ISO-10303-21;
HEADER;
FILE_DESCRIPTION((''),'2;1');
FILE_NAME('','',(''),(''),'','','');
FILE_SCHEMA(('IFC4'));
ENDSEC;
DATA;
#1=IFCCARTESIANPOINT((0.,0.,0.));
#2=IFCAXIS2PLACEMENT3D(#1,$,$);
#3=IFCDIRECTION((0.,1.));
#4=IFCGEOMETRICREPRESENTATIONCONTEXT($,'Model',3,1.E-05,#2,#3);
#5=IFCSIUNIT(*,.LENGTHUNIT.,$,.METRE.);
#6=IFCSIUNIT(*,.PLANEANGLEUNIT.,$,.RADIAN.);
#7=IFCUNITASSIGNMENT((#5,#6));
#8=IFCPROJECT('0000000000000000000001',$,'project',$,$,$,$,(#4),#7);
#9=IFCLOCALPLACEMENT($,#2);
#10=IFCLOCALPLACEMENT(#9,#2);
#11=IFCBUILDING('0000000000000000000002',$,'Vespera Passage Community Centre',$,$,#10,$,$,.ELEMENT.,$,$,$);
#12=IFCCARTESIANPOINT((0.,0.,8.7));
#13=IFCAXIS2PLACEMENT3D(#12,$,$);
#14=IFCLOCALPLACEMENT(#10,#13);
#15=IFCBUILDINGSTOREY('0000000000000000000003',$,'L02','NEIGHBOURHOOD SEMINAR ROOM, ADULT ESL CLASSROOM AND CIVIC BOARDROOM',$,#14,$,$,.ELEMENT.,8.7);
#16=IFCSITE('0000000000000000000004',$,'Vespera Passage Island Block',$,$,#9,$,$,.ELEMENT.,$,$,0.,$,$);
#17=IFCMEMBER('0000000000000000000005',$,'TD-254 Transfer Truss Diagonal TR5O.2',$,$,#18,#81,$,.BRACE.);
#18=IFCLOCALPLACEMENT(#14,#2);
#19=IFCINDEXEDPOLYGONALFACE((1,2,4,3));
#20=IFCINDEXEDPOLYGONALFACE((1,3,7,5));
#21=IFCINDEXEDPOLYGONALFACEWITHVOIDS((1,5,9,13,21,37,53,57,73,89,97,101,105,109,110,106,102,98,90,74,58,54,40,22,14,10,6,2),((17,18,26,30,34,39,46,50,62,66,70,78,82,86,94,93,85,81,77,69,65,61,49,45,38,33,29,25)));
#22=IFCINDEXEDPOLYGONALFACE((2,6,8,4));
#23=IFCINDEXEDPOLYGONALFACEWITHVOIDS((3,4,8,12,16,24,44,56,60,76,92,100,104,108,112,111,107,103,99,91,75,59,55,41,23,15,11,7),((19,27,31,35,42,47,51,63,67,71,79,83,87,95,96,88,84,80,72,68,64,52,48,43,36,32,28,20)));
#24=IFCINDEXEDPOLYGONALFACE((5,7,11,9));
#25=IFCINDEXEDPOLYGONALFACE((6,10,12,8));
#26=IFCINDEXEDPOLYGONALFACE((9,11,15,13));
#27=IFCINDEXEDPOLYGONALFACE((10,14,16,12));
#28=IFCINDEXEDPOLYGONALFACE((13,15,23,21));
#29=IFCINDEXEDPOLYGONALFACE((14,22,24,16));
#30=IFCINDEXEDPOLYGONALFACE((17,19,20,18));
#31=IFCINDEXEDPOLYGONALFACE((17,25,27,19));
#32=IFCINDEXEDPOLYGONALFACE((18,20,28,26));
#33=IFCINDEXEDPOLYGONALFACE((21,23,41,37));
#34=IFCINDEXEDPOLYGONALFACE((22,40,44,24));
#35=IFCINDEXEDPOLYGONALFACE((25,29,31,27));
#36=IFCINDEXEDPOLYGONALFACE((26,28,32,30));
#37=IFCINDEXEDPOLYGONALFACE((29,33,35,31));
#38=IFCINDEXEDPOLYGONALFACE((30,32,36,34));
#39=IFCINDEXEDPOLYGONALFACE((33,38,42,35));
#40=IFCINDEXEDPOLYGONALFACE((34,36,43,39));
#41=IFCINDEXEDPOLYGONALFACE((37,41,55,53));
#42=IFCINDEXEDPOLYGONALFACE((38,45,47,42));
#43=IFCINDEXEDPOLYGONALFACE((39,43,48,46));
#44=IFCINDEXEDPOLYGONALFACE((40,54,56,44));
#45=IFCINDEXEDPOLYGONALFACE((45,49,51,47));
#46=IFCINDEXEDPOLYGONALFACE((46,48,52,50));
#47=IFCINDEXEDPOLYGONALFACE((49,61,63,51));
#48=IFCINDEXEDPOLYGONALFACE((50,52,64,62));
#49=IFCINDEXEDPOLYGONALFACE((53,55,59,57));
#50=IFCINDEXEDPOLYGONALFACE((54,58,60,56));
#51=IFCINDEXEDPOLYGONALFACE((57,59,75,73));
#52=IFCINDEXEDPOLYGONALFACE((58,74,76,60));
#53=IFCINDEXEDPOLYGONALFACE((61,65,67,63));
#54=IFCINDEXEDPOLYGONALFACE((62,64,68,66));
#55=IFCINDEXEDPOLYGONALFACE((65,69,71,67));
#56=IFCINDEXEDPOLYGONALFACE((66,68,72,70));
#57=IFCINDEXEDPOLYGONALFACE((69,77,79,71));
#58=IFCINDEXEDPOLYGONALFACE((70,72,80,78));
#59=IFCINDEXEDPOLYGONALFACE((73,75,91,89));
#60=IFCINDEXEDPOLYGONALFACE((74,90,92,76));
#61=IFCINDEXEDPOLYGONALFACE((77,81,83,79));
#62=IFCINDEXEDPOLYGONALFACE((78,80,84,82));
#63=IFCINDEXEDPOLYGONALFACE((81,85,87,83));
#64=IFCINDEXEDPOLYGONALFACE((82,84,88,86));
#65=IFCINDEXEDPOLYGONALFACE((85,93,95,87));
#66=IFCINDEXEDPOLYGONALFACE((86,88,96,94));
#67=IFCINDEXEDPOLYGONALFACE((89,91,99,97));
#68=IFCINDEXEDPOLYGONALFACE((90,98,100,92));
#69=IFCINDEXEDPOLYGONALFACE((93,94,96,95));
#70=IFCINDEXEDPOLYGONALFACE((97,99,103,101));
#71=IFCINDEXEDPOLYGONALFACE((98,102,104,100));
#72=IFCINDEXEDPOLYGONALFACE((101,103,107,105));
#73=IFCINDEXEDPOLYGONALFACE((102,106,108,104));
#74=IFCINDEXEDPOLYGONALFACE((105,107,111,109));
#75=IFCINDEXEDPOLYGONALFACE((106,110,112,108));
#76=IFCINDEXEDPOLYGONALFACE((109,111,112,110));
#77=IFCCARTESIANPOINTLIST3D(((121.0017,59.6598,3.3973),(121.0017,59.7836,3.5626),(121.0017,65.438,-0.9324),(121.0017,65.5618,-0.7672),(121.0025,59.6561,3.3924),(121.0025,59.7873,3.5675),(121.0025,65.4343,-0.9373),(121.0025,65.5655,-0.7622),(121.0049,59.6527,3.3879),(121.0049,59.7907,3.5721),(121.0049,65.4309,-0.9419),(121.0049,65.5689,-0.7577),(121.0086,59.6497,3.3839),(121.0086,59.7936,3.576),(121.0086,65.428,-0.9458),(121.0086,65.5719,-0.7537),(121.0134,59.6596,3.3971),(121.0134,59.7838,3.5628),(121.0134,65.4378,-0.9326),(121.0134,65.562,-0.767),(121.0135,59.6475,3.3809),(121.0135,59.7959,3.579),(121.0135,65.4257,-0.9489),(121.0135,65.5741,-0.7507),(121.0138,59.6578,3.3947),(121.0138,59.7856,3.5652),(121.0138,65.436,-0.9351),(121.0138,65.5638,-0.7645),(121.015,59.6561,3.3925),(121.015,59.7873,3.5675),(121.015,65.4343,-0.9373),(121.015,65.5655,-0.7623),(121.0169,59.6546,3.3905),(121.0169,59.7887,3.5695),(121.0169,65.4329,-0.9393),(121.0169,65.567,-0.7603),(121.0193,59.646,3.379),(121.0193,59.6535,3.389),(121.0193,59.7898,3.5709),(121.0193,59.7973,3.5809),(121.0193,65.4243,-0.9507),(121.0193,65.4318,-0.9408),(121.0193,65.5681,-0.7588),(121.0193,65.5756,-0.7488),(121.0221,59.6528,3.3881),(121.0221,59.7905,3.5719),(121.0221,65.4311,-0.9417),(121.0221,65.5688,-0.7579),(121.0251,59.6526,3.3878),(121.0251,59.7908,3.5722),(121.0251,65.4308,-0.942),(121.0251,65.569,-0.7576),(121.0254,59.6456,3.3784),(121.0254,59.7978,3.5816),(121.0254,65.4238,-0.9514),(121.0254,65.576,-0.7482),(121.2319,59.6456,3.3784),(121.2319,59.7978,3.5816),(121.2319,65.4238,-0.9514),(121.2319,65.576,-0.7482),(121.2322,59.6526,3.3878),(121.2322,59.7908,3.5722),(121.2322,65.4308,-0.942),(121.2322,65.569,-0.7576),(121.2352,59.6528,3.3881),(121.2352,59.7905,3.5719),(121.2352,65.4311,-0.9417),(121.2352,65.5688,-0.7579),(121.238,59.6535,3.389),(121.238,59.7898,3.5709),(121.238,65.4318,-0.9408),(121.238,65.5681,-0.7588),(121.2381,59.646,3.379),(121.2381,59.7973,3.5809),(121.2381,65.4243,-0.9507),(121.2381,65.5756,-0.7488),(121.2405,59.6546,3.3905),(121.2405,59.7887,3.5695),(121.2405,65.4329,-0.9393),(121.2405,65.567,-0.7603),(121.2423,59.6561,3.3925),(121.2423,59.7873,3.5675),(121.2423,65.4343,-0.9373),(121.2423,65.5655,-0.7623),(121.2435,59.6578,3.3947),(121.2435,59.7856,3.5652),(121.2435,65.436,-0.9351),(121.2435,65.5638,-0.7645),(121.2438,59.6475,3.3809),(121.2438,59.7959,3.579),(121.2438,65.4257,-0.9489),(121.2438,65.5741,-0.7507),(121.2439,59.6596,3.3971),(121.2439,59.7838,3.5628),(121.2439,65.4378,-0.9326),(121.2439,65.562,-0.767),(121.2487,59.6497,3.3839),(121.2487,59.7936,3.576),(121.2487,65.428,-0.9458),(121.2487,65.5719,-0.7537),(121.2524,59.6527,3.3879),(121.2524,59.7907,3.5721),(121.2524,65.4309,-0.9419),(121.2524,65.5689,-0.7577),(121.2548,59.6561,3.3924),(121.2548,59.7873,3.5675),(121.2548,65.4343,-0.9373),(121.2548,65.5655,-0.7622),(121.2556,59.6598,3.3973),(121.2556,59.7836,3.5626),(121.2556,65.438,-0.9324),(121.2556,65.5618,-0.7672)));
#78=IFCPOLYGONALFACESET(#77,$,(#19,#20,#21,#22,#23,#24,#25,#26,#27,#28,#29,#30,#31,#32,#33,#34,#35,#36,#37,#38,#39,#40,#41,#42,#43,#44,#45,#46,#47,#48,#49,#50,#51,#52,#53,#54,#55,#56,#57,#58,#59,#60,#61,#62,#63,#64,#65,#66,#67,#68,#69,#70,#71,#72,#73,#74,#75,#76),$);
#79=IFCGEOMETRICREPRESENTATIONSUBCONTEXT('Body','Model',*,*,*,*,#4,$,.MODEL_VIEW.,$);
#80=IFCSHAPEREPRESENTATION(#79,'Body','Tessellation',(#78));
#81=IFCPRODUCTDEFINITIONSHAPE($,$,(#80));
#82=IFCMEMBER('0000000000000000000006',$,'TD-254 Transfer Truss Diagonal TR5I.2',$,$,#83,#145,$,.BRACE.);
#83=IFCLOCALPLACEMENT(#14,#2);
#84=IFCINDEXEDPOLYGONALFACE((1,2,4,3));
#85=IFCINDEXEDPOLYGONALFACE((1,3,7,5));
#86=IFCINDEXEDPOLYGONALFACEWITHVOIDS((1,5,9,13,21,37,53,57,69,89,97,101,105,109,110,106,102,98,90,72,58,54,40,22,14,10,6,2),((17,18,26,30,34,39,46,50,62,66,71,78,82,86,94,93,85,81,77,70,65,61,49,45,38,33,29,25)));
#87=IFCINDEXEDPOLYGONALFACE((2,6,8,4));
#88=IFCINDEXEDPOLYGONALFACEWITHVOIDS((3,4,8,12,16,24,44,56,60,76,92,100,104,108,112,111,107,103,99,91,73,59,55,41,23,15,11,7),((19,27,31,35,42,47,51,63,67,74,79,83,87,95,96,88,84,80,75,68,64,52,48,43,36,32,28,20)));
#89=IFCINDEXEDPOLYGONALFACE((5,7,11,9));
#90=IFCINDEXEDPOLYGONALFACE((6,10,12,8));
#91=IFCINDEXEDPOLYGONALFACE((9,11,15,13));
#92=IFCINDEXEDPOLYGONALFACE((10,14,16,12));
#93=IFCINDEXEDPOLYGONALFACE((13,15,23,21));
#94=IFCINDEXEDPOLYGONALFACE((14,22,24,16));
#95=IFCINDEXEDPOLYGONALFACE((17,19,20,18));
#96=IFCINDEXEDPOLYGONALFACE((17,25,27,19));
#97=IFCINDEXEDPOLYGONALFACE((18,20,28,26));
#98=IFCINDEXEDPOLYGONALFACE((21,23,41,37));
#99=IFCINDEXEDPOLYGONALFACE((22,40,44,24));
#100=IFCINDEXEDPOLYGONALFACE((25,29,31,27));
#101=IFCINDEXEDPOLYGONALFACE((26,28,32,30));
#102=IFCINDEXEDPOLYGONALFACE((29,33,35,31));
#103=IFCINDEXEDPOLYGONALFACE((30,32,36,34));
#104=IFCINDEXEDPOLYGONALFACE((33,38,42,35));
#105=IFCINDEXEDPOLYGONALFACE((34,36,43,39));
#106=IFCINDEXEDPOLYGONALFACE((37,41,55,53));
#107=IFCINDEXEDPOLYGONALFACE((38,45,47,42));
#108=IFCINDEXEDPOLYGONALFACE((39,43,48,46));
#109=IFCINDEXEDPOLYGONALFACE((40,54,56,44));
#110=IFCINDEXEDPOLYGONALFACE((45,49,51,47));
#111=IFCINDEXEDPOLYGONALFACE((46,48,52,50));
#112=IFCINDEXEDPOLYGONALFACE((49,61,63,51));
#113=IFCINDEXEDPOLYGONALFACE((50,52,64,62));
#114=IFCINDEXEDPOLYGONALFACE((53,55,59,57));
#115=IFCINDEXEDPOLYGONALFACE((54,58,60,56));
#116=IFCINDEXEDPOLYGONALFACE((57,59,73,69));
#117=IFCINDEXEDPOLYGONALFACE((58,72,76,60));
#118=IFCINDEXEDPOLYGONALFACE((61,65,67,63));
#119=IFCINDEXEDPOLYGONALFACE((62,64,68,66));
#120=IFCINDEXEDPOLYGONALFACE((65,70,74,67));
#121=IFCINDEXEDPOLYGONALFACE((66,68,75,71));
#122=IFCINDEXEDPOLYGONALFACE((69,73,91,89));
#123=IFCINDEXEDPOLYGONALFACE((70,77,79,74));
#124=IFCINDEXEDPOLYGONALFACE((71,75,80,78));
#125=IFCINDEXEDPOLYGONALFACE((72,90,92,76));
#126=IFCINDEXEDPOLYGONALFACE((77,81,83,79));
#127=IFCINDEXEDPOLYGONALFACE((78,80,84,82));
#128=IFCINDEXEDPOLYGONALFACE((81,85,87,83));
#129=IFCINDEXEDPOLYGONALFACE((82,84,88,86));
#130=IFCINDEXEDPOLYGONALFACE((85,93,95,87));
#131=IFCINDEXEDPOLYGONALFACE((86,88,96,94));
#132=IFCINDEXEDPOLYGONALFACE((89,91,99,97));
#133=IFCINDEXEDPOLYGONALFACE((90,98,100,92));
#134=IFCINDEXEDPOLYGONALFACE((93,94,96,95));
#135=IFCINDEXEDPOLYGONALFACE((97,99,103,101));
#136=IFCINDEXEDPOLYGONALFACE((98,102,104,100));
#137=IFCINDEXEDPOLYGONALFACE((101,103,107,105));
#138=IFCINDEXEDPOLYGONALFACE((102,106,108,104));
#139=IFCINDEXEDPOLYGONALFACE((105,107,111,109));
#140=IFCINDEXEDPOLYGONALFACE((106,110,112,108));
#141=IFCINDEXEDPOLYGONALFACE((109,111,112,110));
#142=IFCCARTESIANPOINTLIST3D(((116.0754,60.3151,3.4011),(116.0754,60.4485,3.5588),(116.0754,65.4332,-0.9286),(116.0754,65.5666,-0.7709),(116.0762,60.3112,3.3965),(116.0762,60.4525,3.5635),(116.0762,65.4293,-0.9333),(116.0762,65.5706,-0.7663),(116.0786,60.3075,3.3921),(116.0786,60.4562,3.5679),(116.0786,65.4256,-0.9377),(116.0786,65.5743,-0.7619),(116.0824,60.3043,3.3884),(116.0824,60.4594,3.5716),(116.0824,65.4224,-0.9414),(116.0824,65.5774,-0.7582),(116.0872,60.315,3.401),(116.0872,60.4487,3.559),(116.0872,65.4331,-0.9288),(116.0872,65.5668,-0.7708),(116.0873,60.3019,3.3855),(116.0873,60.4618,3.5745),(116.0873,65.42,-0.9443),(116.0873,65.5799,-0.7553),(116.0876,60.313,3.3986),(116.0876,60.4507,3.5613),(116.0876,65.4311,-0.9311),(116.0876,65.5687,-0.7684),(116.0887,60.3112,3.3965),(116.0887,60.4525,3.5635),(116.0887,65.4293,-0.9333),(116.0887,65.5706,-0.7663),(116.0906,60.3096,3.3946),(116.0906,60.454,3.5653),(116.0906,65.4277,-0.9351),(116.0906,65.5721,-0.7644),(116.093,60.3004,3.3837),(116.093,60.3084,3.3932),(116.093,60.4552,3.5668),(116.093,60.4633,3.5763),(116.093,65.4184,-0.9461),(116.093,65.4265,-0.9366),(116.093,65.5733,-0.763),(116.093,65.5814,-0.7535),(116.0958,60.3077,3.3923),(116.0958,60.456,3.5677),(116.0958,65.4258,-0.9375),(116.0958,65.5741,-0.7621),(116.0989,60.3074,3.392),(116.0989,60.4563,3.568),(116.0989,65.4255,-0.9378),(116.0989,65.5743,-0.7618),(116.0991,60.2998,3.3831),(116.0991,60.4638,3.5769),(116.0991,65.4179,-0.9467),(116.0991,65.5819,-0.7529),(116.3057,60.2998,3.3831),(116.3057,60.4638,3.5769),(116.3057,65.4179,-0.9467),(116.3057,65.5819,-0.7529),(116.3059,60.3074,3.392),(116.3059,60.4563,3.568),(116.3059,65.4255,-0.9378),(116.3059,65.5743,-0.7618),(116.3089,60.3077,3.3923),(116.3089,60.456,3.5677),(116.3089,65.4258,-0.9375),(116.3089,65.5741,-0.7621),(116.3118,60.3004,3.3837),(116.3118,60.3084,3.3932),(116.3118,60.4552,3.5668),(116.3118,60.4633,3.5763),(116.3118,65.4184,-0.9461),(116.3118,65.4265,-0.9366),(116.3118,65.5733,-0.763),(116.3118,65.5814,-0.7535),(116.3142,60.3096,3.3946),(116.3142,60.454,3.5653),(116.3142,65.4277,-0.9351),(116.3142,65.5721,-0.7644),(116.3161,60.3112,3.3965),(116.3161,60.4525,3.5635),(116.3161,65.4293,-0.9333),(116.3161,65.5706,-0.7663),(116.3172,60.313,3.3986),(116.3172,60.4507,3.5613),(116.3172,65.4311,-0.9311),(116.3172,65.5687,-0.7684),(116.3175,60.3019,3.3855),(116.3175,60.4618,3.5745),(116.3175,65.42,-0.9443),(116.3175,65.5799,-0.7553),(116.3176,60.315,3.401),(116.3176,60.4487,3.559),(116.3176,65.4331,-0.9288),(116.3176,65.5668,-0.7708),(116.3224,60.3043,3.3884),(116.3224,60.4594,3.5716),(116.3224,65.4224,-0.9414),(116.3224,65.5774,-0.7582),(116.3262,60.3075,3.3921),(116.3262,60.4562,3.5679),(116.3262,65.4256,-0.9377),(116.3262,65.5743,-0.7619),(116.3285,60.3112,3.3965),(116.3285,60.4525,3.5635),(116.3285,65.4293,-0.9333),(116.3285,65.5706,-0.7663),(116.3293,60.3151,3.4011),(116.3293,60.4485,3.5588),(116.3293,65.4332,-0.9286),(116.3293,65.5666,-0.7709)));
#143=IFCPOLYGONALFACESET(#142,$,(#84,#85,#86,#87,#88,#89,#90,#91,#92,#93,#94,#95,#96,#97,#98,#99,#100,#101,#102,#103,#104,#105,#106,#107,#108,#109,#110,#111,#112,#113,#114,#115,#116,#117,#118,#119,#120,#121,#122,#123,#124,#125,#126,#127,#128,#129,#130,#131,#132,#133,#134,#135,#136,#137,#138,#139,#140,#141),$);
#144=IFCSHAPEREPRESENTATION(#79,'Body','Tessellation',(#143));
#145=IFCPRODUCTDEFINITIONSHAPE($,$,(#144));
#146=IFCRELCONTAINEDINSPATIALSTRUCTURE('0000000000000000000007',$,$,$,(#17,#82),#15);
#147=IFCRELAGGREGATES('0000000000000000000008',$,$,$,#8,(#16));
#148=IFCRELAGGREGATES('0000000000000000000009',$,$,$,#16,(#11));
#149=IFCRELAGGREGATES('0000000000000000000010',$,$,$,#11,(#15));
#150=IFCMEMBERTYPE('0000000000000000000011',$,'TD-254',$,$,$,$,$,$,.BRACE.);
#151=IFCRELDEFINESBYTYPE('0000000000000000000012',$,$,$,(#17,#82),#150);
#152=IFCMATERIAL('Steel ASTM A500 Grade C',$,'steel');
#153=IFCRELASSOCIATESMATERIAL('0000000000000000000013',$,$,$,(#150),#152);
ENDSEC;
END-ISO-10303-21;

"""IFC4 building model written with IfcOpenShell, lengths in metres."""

from ifc_helpers import new_model, si_unit, direction, frame, origin, origin_2d, place, context, subcontext, project, spatial, hollow_rectangle, extrude, material, material_profile, profile_set, type_object, element, save


model = new_model("IFC4")

# Units and contexts
model_context = context("Model", 3, precision=1e-05, world=origin(), true_north=direction((0.0, 1.0)))
body_context = subcontext(model_context, "Body", "Model", "MODEL_VIEW")
ifc_project = project(units=[si_unit("LENGTHUNIT", "METRE"), si_unit("PLANEANGLEUNIT", "RADIAN")], contexts=[model_context])

# Site, building, storey
site_placement = place(None, origin())
site = spatial("IfcSite", under=ifc_project, at=site_placement, Name="Vespera Passage Island Block", CompositionType="ELEMENT", RefElevation=0.0)
building_placement = place(site_placement, origin())
building = spatial("IfcBuilding", under=site, at=building_placement, Name="Vespera Passage Community Centre", CompositionType="ELEMENT")
storey_placement = place(building_placement, frame((0.0, 0.0, 8.7)))
storey = spatial("IfcBuildingStorey", under=building, at=storey_placement, Name="L02", Description="NEIGHBOURHOOD SEMINAR ROOM, ADULT ESL CLASSROOM AND CIVIC BOARDROOM", CompositionType="ELEMENT", Elevation=8.7)

# Members
ifc_material_1 = material(Name="Steel ASTM A500 Grade C", Category="steel")
ifc_material_profile_1 = material_profile(ifc_material_1, hollow_rectangle(XDim=0.2539, YDim=0.2539, WallThickness=0.0117, InnerFilletRadius=0.0117, OuterFilletRadius=0.0237, at=origin_2d()), Name="HSS254X254X12.7")
ifc_profile_set_1 = profile_set([ifc_material_profile_1], Name="Steel ASTM A500 Grade C")
member_type_1 = type_object("IfcMemberType", Name="TD-254", PredefinedType="BRACE", material=ifc_profile_set_1)
member_1_placement = place(storey_placement, frame((121.1287, 59.7217, 3.48), z_axis=(0.0, 0.80026, -0.599654), x_axis=(-1.0, 0.0, 0.0)))
element("IfcMember", 1, at=member_1_placement, inside=storey, type_object=member_type_1, Name="TD-254 Transfer Truss Diagonal TR5O.2", PredefinedType="BRACE", context=body_context, shape_type="SweptSolid", body=[
    extrude(hollow_rectangle(XDim=0.2539, YDim=0.2539, WallThickness=0.0117, InnerFilletRadius=0.0117, OuterFilletRadius=0.0237, at=origin_2d()), origin(), (0.0, 0.0, 1.0), 7.2205),
])
for number, where, z_axis, x_axis, name in (
    (2, (116.2024, 60.3818, 3.48), (0.0, 0.763454, -0.645862), (-1.0, 0.0, 0.0), "TD-254 Transfer Truss Diagonal TR5I.2"),
):
    element("IfcMember", number, at=place(storey_placement, frame(where, z_axis=z_axis, x_axis=x_axis)), inside=storey, type_object=member_type_1, Name=name, PredefinedType="BRACE", context=body_context, shape_type="SweptSolid", body=[
        extrude(hollow_rectangle(XDim=0.2539, YDim=0.2539, WallThickness=0.0117, InnerFilletRadius=0.0117, OuterFilletRadius=0.0237, at=origin_2d()), origin(), (0.0, 0.0, 1.0), 6.7039),
    ])

save(model, "model.ifc")
